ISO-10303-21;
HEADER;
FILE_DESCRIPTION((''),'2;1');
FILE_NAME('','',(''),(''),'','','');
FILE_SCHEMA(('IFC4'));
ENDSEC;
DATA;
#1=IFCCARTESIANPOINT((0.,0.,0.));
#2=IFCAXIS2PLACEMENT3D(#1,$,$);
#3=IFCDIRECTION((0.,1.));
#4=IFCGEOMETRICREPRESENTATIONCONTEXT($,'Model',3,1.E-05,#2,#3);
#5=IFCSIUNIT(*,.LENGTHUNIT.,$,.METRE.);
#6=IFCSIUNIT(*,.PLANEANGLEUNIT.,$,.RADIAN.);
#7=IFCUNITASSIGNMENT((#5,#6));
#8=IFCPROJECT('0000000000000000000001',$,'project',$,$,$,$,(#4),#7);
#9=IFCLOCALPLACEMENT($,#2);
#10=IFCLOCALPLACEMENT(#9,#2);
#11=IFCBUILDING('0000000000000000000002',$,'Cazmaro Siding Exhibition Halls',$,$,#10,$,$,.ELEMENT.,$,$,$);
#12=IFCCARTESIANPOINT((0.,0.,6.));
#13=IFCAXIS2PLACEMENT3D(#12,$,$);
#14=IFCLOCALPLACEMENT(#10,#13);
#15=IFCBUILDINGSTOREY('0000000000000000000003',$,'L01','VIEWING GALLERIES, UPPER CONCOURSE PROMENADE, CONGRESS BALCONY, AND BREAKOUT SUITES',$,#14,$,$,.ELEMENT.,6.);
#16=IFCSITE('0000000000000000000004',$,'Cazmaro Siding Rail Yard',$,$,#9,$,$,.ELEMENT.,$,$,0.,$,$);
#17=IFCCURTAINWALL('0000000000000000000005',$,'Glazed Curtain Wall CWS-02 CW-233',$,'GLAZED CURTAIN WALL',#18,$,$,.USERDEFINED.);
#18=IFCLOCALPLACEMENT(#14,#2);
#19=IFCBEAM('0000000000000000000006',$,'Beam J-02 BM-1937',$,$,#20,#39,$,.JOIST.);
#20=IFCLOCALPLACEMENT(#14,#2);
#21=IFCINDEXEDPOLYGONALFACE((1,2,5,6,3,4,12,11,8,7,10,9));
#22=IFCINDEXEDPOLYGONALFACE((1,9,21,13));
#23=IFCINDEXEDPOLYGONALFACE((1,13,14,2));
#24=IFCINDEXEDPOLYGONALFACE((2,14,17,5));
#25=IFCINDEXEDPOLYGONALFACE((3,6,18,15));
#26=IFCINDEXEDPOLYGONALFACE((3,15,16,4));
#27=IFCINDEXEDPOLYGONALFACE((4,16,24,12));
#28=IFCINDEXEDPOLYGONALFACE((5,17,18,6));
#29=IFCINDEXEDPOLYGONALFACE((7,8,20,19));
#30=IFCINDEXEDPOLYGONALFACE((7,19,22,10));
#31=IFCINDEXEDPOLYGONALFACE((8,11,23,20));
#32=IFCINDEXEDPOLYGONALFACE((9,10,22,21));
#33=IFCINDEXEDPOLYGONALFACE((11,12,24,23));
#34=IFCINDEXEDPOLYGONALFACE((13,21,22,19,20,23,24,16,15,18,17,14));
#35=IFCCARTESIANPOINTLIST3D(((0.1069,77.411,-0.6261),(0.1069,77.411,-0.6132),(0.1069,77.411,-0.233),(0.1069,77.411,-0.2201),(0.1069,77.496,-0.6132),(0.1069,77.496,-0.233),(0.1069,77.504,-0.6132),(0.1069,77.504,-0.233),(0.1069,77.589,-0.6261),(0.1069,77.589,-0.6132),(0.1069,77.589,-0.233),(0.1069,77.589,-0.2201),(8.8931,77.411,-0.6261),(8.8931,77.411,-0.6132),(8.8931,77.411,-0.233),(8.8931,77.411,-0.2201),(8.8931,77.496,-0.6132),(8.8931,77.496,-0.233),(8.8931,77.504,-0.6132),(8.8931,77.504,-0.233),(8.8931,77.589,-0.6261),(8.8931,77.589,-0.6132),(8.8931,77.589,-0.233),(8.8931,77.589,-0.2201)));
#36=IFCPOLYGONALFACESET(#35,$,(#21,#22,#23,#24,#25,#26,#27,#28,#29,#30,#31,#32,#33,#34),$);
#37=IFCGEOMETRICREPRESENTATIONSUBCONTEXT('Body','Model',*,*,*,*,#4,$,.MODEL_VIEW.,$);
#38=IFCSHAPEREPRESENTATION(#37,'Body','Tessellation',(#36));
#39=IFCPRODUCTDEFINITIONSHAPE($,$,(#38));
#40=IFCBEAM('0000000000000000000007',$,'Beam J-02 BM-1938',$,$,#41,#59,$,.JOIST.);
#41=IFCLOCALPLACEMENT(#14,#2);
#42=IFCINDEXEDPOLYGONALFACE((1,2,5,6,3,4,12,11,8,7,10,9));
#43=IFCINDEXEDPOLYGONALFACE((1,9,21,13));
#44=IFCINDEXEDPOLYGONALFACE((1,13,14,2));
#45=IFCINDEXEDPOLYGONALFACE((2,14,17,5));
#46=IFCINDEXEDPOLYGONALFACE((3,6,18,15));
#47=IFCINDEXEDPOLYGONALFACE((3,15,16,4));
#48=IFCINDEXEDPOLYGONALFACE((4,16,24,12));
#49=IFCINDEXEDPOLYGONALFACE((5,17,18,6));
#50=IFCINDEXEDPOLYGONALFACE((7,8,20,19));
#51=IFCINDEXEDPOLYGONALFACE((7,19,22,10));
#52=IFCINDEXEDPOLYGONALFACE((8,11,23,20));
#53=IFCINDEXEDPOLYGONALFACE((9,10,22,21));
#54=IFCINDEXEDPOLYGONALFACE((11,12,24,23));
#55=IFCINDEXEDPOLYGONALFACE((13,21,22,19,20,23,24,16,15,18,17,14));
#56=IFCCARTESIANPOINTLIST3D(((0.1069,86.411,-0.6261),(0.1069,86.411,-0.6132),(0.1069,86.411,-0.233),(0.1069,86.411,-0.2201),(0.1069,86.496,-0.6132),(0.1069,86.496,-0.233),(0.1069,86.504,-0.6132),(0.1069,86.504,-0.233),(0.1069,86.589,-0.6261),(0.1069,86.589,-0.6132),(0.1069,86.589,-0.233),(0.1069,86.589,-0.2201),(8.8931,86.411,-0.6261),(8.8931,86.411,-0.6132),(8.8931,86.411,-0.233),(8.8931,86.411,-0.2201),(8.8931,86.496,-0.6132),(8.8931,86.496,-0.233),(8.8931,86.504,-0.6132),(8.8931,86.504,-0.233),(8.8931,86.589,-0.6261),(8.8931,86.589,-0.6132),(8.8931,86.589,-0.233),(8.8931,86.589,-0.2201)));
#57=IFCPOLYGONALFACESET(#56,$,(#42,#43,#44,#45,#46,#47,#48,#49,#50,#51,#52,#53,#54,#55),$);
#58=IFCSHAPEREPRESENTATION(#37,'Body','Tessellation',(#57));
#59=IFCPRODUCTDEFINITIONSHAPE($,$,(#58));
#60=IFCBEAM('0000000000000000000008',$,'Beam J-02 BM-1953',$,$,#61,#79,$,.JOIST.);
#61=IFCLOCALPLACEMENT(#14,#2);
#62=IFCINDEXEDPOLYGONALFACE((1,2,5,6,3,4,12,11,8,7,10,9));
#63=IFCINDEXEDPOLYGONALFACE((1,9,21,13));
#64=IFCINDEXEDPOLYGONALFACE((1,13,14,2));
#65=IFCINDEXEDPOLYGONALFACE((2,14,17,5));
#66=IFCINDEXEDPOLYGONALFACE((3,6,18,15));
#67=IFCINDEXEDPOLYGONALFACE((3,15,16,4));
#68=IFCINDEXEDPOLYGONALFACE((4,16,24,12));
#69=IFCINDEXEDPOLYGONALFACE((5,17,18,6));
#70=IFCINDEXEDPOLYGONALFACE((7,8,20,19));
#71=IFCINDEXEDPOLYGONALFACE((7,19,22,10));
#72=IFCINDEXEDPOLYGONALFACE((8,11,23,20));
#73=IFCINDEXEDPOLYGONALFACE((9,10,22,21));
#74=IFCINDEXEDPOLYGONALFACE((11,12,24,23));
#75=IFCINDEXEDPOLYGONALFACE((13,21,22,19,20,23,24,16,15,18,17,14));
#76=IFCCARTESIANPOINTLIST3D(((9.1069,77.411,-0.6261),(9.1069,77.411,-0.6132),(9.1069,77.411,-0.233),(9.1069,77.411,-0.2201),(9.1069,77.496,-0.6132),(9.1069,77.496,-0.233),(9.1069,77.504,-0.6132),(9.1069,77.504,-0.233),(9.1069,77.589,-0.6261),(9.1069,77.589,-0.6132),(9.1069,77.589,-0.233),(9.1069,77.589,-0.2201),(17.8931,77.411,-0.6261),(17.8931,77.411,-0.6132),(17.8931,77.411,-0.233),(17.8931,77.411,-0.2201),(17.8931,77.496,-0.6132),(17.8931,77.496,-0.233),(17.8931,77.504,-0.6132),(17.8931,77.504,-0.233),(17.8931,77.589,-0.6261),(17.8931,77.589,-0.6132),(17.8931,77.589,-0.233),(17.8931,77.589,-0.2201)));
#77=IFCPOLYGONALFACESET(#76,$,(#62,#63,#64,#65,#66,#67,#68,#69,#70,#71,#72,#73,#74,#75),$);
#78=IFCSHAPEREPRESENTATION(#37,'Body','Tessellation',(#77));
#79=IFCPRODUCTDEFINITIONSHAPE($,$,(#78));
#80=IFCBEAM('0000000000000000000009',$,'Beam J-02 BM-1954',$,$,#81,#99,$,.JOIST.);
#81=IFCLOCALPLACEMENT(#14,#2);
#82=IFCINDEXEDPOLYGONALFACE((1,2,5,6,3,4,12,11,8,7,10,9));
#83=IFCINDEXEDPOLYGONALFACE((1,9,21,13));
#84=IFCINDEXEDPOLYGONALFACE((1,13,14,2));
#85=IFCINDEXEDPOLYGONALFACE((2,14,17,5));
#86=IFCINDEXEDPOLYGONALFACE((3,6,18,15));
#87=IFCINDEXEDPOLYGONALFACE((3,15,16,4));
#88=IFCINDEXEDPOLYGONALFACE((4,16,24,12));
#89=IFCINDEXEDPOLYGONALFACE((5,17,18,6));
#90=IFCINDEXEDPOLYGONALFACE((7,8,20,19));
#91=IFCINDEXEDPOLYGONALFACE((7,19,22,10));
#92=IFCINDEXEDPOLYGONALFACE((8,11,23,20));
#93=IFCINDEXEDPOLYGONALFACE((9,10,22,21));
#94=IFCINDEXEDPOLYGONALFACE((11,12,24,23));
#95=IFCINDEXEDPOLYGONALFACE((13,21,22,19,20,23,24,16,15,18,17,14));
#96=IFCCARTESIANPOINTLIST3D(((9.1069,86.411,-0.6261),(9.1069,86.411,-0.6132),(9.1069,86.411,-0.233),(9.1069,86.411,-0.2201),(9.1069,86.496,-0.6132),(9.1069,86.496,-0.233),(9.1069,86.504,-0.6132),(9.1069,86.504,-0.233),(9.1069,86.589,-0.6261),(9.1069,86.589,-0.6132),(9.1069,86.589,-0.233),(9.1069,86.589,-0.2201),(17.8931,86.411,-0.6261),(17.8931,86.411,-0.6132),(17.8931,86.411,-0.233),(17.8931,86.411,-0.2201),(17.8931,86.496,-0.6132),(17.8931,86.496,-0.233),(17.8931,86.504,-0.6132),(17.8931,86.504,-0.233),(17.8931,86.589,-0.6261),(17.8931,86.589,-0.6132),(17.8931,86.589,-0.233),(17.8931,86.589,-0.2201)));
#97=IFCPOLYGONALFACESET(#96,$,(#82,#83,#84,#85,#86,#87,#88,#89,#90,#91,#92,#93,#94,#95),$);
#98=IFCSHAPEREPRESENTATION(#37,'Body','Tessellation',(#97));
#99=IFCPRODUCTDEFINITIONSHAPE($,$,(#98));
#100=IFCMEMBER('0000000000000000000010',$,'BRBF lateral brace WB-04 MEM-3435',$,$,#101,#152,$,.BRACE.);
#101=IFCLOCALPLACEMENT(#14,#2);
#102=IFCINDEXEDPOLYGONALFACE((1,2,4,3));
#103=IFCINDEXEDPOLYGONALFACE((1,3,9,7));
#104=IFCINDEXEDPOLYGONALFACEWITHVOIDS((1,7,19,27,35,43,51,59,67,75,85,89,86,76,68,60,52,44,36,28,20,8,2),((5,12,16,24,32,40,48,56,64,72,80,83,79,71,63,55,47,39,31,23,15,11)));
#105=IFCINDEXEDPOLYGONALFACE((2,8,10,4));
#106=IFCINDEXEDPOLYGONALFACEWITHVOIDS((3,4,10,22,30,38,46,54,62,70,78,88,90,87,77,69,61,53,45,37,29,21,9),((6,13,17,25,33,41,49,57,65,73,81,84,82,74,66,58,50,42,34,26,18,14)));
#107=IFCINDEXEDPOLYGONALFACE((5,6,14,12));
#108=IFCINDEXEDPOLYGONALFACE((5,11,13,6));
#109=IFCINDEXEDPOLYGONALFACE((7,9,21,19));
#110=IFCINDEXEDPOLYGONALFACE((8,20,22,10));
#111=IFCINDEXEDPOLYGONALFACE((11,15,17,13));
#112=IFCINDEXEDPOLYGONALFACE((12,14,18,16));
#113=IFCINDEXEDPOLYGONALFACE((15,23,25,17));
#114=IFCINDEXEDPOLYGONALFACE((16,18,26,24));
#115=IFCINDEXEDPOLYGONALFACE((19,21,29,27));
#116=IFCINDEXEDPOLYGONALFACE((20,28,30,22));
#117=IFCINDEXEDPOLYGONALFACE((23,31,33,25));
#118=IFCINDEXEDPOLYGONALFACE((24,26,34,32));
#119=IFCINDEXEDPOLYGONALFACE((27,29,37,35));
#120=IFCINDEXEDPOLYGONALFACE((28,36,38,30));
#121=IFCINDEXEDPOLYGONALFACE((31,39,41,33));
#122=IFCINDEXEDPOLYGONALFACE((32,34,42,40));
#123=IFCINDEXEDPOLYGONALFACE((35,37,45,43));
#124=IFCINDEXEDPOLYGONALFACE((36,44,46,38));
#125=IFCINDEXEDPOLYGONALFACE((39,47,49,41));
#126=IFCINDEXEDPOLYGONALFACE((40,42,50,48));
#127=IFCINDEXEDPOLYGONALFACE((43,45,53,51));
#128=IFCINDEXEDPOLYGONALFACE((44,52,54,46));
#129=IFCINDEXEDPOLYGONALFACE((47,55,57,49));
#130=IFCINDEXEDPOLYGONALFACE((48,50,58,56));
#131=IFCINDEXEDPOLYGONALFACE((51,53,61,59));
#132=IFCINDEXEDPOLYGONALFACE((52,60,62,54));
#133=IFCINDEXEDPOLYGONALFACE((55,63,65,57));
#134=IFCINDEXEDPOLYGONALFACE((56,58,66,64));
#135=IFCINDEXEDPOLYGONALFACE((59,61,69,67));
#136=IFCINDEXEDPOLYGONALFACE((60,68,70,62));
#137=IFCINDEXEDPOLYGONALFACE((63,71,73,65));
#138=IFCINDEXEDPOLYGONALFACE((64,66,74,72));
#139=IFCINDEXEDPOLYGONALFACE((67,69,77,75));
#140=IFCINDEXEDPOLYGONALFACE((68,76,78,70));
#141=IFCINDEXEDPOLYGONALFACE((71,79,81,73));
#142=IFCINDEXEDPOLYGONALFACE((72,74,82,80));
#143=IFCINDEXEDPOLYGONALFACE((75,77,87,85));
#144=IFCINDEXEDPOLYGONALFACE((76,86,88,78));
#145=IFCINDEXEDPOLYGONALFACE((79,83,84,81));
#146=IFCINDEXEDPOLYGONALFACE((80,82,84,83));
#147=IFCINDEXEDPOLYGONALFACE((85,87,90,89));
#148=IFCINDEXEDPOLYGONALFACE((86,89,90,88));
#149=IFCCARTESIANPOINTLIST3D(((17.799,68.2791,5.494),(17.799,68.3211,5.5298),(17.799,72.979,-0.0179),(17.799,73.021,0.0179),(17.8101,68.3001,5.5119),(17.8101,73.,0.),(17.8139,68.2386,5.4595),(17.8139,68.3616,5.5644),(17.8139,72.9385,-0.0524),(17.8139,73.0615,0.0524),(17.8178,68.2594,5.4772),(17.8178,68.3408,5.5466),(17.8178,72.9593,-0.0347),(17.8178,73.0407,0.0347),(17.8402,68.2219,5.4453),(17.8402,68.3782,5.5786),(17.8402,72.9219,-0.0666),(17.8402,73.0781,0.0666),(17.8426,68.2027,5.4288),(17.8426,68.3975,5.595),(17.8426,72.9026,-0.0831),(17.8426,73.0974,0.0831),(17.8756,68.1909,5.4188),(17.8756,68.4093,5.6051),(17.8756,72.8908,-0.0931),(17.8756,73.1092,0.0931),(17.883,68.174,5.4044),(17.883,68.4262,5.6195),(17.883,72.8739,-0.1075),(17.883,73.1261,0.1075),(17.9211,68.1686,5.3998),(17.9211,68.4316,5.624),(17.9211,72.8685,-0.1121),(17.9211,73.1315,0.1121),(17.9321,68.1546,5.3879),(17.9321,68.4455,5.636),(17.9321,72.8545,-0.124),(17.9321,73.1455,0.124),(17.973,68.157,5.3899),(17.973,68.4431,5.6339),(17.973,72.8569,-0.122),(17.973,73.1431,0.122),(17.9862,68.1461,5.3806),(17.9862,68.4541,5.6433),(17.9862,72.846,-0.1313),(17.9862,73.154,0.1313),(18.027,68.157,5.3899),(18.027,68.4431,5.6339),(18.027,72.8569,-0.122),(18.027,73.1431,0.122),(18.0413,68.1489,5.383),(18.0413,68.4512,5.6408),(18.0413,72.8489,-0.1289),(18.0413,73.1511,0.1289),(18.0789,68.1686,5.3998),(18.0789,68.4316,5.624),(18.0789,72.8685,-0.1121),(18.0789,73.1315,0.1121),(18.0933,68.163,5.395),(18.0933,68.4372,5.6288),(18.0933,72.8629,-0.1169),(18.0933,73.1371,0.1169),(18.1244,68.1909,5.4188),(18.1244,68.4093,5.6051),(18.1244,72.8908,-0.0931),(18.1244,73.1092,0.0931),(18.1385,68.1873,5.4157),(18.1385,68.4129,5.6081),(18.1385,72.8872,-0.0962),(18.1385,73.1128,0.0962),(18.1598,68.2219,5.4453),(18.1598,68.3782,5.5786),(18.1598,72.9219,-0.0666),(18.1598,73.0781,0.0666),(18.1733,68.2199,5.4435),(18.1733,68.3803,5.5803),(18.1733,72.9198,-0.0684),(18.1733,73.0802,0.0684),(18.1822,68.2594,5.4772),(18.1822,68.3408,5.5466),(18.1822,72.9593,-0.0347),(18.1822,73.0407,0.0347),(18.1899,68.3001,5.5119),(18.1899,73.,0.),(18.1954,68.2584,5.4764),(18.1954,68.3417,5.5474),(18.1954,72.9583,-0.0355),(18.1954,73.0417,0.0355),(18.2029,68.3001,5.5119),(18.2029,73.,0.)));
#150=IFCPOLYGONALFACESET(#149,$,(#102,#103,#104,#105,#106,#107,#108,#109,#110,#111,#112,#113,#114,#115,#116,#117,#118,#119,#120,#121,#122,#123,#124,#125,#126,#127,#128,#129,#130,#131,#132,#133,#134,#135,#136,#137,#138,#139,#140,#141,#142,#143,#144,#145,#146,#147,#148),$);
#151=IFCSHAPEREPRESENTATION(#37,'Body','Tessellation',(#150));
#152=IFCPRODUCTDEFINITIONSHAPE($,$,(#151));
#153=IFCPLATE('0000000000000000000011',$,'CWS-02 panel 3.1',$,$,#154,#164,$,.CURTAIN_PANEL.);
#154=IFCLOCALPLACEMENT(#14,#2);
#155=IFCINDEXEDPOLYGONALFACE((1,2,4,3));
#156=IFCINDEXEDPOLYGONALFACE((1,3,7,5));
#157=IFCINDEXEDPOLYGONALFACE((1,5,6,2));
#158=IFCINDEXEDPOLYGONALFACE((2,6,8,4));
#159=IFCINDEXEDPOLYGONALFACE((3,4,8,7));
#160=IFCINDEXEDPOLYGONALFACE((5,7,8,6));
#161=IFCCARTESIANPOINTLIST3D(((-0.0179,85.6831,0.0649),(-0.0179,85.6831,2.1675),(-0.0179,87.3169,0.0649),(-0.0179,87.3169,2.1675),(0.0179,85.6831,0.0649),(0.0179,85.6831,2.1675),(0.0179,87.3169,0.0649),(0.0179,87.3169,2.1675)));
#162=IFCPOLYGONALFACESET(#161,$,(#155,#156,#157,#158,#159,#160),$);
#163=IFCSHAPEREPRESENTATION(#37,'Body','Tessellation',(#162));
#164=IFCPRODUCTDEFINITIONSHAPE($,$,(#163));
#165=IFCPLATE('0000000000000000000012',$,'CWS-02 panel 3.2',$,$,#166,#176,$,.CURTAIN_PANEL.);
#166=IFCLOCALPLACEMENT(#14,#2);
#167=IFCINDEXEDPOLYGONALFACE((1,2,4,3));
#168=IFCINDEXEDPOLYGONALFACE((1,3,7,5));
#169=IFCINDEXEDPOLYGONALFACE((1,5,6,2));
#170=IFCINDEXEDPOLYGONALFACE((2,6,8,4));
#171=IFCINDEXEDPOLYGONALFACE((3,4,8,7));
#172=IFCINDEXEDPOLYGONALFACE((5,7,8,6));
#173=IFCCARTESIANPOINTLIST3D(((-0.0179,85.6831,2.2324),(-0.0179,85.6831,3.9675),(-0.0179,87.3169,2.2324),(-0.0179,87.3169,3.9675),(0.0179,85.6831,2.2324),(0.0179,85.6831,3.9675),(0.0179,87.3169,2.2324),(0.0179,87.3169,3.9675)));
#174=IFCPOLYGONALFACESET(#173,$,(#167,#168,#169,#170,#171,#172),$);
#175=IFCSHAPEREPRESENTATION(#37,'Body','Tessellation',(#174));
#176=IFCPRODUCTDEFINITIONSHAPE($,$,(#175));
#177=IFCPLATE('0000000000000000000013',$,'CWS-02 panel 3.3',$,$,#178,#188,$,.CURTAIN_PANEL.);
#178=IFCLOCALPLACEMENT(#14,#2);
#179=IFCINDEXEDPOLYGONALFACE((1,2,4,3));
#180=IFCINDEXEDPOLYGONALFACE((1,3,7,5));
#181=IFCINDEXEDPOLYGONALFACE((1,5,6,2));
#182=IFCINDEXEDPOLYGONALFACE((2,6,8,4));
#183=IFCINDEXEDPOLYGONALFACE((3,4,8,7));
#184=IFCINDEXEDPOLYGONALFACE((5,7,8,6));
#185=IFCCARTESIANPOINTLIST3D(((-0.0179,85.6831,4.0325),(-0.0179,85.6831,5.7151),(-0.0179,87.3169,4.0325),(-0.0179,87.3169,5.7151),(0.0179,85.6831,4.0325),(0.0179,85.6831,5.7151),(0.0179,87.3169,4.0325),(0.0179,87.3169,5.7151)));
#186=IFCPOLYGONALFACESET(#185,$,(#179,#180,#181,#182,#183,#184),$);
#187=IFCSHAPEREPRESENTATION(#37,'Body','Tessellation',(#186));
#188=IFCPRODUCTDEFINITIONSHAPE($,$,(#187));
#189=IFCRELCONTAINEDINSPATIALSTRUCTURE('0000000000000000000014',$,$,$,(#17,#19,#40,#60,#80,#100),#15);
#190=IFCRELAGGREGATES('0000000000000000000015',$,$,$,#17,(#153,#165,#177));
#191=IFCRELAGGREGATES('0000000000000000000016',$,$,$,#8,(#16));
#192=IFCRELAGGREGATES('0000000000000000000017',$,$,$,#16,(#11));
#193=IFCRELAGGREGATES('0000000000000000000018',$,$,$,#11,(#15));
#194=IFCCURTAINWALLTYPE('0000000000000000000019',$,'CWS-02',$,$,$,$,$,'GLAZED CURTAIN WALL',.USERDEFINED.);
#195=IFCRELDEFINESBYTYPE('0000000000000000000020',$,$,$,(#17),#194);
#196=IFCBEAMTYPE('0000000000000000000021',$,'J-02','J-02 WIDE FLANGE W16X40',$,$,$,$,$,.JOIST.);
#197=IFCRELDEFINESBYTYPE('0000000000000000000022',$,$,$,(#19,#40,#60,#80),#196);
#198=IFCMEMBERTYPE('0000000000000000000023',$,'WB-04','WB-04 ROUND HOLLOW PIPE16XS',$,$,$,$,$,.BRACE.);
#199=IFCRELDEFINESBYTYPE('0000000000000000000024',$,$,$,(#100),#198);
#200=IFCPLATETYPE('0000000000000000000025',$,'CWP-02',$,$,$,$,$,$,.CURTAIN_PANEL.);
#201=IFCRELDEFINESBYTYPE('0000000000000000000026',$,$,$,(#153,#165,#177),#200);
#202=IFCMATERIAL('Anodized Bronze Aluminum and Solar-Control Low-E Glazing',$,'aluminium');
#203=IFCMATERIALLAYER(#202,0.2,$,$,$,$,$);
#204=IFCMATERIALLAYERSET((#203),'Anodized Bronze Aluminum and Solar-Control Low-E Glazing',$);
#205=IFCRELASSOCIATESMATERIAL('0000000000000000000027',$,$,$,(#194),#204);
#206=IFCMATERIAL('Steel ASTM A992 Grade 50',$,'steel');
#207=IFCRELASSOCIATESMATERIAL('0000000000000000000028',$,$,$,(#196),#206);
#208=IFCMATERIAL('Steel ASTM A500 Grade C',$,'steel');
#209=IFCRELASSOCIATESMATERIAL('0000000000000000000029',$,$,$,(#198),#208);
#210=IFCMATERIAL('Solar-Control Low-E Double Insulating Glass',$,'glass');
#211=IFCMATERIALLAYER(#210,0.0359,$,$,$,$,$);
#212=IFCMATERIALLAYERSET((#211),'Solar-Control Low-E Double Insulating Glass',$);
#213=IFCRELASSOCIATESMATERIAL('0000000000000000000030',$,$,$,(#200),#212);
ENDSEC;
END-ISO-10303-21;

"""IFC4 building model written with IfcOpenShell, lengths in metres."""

from ifc_helpers import new_model, si_unit, direction, frame, origin, origin_2d, place, context, subcontext, project, spatial, rectangle, hollow_circle, i_section, extrude, material, layer, layer_set, material_profile, profile_set, type_object, element, aggregate, save


model = new_model("IFC4")

# Units and contexts
model_context = context("Model", 3, precision=1e-05, world=origin(), true_north=direction((0.0, 1.0)))
body_context = subcontext(model_context, "Body", "Model", "MODEL_VIEW")
ifc_project = project(units=[si_unit("LENGTHUNIT", "METRE"), si_unit("PLANEANGLEUNIT", "RADIAN")], contexts=[model_context])

# Site, building, storey
site_placement = place(None, origin())
site = spatial("IfcSite", under=ifc_project, at=site_placement, Name="Cazmaro Siding Rail Yard", CompositionType="ELEMENT", RefElevation=0.0)
building_placement = place(site_placement, origin())
building = spatial("IfcBuilding", under=site, at=building_placement, Name="Cazmaro Siding Exhibition Halls", CompositionType="ELEMENT")
storey_placement = place(building_placement, frame((0.0, 0.0, 6.0)))
storey = spatial("IfcBuildingStorey", under=building, at=storey_placement, Name="L01", Description="VIEWING GALLERIES, UPPER CONCOURSE PROMENADE, CONGRESS BALCONY, AND BREAKOUT SUITES", CompositionType="ELEMENT", Elevation=6.0)

# Curtain wall
ifc_material_1 = material(Name="Anodized Bronze Aluminum and Solar-Control Low-E Glazing", Category="aluminium")
ifc_layer_1 = layer(ifc_material_1, 0.2)
ifc_layer_set_1 = layer_set([ifc_layer_1], Name="Anodized Bronze Aluminum and Solar-Control Low-E Glazing")
curtain_wall_type = type_object("IfcCurtainWallType", Name="CWS-02", ElementType="GLAZED CURTAIN WALL", PredefinedType="USERDEFINED", material=ifc_layer_set_1)
curtain_wall_placement = place(storey_placement, origin())
curtain_wall = element("IfcCurtainWall", 1, at=curtain_wall_placement, inside=storey, type_object=curtain_wall_type, Name="Glazed Curtain Wall CWS-02 CW-233", ObjectType="GLAZED CURTAIN WALL", PredefinedType="USERDEFINED")

# Beams
ifc_material_2 = material(Name="Steel ASTM A992 Grade 50", Category="steel")
ifc_material_profile_1 = material_profile(ifc_material_2, i_section(OverallWidth=0.178, OverallDepth=0.406, WebThickness=0.0081, FlangeThickness=0.0129, at=origin_2d()), Name="W16X40")
ifc_profile_set_1 = profile_set([ifc_material_profile_1], Name="Steel ASTM A992 Grade 50")
beam_type_1 = type_object("IfcBeamType", Name="J-02", Description="J-02 WIDE FLANGE W16X40", PredefinedType="JOIST", material=ifc_profile_set_1)
for number, where, z_axis, x_axis, name in (
    (2, (0.1069, 77.5, -0.4231), (1.0, 0.0, 0.0), (0.0, 1.0, 0.0), "Beam J-02 BM-1937"),
    (3, (0.1069, 86.5, -0.4231), (1.0, 0.0, 0.0), (0.0, 1.0, 0.0), "Beam J-02 BM-1938"),
    (4, (9.1069, 77.5, -0.4231), (1.0, 0.0, 0.0), (0.0, 1.0, 0.0), "Beam J-02 BM-1953"),
    (5, (9.1069, 86.5, -0.4231), (1.0, 0.0, 0.0), (0.0, 1.0, 0.0), "Beam J-02 BM-1954"),
):
    element("IfcBeam", number, at=place(storey_placement, frame(where, z_axis=z_axis, x_axis=x_axis)), inside=storey, type_object=beam_type_1, Name=name, PredefinedType="JOIST", context=body_context, shape_type="SweptSolid", body=[
        extrude(i_section(OverallWidth=0.178, OverallDepth=0.406, WebThickness=0.0081, FlangeThickness=0.0129, at=origin_2d()), origin(), (0.0, 0.0, 1.0), 8.7861),
    ])

# Member
ifc_material_3 = material(Name="Steel ASTM A500 Grade C", Category="steel")
ifc_material_profile_2 = material_profile(ifc_material_3, hollow_circle(Radius=0.2029, WallThickness=0.0129, at=origin_2d()), Name="PIPE16XS")
ifc_profile_set_2 = profile_set([ifc_material_profile_2], Name="Steel ASTM A500 Grade C")
member_type_1 = type_object("IfcMemberType", Name="WB-04", Description="WB-04 ROUND HOLLOW PIPE16XS", PredefinedType="BRACE", material=ifc_profile_set_2)
member_1_placement = place(storey_placement, frame((18.0, 73.0, 0.0), z_axis=(0.0, -0.648832, 0.760931), x_axis=(1.0, 0.0, 0.0)))
element("IfcMember", 6, at=member_1_placement, inside=storey, type_object=member_type_1, Name="BRBF lateral brace WB-04 MEM-3435", PredefinedType="BRACE", context=body_context, shape_type="SweptSolid", body=[
    extrude(hollow_circle(Radius=0.2029, WallThickness=0.0129, at=origin_2d()), origin(), (0.0, 0.0, 1.0), 7.2437),
])

# Plates
ifc_material_4 = material(Name="Solar-Control Low-E Double Insulating Glass", Category="glass")
ifc_layer_2 = layer(ifc_material_4, 0.0359)
ifc_layer_set_2 = layer_set([ifc_layer_2], Name="Solar-Control Low-E Double Insulating Glass")
plate_type = type_object("IfcPlateType", Name="CWP-02", PredefinedType="CURTAIN_PANEL", material=ifc_layer_set_2)
plate_1_placement = place(storey_placement, frame((0.0, 86.5, 0.0649), z_axis=(0.0, 0.0, 1.0), x_axis=(0.0, -1.0, 0.0)))
plate_1 = element("IfcPlate", 7, at=plate_1_placement, type_object=plate_type, Name="CWS-02 panel 3.1", PredefinedType="CURTAIN_PANEL", context=body_context, shape_type="SweptSolid", body=[
    extrude(rectangle(XDim=1.6338, YDim=0.0359, at=origin_2d()), origin(), (0.0, 0.0, 1.0), 2.1025),
])
plate_2_placement = place(storey_placement, frame((0.0, 86.5, 2.2324), z_axis=(0.0, 0.0, 1.0), x_axis=(0.0, -1.0, 0.0)))
plate_2 = element("IfcPlate", 8, at=plate_2_placement, type_object=plate_type, Name="CWS-02 panel 3.2", PredefinedType="CURTAIN_PANEL", context=body_context, shape_type="SweptSolid", body=[
    extrude(rectangle(XDim=1.6338, YDim=0.0359, at=origin_2d()), origin(), (0.0, 0.0, 1.0), 1.7351),
])
plate_3_placement = place(storey_placement, frame((0.0, 86.5, 4.0325), z_axis=(0.0, 0.0, 1.0), x_axis=(0.0, -1.0, 0.0)))
plate_3 = element("IfcPlate", 9, at=plate_3_placement, type_object=plate_type, Name="CWS-02 panel 3.3", PredefinedType="CURTAIN_PANEL", context=body_context, shape_type="SweptSolid", body=[
    extrude(rectangle(XDim=1.6338, YDim=0.0359, at=origin_2d()), origin(), (0.0, 0.0, 1.0), 1.6826),
])
aggregate(curtain_wall, [plate_1, plate_2, plate_3])

save(model, "model.ifc")
